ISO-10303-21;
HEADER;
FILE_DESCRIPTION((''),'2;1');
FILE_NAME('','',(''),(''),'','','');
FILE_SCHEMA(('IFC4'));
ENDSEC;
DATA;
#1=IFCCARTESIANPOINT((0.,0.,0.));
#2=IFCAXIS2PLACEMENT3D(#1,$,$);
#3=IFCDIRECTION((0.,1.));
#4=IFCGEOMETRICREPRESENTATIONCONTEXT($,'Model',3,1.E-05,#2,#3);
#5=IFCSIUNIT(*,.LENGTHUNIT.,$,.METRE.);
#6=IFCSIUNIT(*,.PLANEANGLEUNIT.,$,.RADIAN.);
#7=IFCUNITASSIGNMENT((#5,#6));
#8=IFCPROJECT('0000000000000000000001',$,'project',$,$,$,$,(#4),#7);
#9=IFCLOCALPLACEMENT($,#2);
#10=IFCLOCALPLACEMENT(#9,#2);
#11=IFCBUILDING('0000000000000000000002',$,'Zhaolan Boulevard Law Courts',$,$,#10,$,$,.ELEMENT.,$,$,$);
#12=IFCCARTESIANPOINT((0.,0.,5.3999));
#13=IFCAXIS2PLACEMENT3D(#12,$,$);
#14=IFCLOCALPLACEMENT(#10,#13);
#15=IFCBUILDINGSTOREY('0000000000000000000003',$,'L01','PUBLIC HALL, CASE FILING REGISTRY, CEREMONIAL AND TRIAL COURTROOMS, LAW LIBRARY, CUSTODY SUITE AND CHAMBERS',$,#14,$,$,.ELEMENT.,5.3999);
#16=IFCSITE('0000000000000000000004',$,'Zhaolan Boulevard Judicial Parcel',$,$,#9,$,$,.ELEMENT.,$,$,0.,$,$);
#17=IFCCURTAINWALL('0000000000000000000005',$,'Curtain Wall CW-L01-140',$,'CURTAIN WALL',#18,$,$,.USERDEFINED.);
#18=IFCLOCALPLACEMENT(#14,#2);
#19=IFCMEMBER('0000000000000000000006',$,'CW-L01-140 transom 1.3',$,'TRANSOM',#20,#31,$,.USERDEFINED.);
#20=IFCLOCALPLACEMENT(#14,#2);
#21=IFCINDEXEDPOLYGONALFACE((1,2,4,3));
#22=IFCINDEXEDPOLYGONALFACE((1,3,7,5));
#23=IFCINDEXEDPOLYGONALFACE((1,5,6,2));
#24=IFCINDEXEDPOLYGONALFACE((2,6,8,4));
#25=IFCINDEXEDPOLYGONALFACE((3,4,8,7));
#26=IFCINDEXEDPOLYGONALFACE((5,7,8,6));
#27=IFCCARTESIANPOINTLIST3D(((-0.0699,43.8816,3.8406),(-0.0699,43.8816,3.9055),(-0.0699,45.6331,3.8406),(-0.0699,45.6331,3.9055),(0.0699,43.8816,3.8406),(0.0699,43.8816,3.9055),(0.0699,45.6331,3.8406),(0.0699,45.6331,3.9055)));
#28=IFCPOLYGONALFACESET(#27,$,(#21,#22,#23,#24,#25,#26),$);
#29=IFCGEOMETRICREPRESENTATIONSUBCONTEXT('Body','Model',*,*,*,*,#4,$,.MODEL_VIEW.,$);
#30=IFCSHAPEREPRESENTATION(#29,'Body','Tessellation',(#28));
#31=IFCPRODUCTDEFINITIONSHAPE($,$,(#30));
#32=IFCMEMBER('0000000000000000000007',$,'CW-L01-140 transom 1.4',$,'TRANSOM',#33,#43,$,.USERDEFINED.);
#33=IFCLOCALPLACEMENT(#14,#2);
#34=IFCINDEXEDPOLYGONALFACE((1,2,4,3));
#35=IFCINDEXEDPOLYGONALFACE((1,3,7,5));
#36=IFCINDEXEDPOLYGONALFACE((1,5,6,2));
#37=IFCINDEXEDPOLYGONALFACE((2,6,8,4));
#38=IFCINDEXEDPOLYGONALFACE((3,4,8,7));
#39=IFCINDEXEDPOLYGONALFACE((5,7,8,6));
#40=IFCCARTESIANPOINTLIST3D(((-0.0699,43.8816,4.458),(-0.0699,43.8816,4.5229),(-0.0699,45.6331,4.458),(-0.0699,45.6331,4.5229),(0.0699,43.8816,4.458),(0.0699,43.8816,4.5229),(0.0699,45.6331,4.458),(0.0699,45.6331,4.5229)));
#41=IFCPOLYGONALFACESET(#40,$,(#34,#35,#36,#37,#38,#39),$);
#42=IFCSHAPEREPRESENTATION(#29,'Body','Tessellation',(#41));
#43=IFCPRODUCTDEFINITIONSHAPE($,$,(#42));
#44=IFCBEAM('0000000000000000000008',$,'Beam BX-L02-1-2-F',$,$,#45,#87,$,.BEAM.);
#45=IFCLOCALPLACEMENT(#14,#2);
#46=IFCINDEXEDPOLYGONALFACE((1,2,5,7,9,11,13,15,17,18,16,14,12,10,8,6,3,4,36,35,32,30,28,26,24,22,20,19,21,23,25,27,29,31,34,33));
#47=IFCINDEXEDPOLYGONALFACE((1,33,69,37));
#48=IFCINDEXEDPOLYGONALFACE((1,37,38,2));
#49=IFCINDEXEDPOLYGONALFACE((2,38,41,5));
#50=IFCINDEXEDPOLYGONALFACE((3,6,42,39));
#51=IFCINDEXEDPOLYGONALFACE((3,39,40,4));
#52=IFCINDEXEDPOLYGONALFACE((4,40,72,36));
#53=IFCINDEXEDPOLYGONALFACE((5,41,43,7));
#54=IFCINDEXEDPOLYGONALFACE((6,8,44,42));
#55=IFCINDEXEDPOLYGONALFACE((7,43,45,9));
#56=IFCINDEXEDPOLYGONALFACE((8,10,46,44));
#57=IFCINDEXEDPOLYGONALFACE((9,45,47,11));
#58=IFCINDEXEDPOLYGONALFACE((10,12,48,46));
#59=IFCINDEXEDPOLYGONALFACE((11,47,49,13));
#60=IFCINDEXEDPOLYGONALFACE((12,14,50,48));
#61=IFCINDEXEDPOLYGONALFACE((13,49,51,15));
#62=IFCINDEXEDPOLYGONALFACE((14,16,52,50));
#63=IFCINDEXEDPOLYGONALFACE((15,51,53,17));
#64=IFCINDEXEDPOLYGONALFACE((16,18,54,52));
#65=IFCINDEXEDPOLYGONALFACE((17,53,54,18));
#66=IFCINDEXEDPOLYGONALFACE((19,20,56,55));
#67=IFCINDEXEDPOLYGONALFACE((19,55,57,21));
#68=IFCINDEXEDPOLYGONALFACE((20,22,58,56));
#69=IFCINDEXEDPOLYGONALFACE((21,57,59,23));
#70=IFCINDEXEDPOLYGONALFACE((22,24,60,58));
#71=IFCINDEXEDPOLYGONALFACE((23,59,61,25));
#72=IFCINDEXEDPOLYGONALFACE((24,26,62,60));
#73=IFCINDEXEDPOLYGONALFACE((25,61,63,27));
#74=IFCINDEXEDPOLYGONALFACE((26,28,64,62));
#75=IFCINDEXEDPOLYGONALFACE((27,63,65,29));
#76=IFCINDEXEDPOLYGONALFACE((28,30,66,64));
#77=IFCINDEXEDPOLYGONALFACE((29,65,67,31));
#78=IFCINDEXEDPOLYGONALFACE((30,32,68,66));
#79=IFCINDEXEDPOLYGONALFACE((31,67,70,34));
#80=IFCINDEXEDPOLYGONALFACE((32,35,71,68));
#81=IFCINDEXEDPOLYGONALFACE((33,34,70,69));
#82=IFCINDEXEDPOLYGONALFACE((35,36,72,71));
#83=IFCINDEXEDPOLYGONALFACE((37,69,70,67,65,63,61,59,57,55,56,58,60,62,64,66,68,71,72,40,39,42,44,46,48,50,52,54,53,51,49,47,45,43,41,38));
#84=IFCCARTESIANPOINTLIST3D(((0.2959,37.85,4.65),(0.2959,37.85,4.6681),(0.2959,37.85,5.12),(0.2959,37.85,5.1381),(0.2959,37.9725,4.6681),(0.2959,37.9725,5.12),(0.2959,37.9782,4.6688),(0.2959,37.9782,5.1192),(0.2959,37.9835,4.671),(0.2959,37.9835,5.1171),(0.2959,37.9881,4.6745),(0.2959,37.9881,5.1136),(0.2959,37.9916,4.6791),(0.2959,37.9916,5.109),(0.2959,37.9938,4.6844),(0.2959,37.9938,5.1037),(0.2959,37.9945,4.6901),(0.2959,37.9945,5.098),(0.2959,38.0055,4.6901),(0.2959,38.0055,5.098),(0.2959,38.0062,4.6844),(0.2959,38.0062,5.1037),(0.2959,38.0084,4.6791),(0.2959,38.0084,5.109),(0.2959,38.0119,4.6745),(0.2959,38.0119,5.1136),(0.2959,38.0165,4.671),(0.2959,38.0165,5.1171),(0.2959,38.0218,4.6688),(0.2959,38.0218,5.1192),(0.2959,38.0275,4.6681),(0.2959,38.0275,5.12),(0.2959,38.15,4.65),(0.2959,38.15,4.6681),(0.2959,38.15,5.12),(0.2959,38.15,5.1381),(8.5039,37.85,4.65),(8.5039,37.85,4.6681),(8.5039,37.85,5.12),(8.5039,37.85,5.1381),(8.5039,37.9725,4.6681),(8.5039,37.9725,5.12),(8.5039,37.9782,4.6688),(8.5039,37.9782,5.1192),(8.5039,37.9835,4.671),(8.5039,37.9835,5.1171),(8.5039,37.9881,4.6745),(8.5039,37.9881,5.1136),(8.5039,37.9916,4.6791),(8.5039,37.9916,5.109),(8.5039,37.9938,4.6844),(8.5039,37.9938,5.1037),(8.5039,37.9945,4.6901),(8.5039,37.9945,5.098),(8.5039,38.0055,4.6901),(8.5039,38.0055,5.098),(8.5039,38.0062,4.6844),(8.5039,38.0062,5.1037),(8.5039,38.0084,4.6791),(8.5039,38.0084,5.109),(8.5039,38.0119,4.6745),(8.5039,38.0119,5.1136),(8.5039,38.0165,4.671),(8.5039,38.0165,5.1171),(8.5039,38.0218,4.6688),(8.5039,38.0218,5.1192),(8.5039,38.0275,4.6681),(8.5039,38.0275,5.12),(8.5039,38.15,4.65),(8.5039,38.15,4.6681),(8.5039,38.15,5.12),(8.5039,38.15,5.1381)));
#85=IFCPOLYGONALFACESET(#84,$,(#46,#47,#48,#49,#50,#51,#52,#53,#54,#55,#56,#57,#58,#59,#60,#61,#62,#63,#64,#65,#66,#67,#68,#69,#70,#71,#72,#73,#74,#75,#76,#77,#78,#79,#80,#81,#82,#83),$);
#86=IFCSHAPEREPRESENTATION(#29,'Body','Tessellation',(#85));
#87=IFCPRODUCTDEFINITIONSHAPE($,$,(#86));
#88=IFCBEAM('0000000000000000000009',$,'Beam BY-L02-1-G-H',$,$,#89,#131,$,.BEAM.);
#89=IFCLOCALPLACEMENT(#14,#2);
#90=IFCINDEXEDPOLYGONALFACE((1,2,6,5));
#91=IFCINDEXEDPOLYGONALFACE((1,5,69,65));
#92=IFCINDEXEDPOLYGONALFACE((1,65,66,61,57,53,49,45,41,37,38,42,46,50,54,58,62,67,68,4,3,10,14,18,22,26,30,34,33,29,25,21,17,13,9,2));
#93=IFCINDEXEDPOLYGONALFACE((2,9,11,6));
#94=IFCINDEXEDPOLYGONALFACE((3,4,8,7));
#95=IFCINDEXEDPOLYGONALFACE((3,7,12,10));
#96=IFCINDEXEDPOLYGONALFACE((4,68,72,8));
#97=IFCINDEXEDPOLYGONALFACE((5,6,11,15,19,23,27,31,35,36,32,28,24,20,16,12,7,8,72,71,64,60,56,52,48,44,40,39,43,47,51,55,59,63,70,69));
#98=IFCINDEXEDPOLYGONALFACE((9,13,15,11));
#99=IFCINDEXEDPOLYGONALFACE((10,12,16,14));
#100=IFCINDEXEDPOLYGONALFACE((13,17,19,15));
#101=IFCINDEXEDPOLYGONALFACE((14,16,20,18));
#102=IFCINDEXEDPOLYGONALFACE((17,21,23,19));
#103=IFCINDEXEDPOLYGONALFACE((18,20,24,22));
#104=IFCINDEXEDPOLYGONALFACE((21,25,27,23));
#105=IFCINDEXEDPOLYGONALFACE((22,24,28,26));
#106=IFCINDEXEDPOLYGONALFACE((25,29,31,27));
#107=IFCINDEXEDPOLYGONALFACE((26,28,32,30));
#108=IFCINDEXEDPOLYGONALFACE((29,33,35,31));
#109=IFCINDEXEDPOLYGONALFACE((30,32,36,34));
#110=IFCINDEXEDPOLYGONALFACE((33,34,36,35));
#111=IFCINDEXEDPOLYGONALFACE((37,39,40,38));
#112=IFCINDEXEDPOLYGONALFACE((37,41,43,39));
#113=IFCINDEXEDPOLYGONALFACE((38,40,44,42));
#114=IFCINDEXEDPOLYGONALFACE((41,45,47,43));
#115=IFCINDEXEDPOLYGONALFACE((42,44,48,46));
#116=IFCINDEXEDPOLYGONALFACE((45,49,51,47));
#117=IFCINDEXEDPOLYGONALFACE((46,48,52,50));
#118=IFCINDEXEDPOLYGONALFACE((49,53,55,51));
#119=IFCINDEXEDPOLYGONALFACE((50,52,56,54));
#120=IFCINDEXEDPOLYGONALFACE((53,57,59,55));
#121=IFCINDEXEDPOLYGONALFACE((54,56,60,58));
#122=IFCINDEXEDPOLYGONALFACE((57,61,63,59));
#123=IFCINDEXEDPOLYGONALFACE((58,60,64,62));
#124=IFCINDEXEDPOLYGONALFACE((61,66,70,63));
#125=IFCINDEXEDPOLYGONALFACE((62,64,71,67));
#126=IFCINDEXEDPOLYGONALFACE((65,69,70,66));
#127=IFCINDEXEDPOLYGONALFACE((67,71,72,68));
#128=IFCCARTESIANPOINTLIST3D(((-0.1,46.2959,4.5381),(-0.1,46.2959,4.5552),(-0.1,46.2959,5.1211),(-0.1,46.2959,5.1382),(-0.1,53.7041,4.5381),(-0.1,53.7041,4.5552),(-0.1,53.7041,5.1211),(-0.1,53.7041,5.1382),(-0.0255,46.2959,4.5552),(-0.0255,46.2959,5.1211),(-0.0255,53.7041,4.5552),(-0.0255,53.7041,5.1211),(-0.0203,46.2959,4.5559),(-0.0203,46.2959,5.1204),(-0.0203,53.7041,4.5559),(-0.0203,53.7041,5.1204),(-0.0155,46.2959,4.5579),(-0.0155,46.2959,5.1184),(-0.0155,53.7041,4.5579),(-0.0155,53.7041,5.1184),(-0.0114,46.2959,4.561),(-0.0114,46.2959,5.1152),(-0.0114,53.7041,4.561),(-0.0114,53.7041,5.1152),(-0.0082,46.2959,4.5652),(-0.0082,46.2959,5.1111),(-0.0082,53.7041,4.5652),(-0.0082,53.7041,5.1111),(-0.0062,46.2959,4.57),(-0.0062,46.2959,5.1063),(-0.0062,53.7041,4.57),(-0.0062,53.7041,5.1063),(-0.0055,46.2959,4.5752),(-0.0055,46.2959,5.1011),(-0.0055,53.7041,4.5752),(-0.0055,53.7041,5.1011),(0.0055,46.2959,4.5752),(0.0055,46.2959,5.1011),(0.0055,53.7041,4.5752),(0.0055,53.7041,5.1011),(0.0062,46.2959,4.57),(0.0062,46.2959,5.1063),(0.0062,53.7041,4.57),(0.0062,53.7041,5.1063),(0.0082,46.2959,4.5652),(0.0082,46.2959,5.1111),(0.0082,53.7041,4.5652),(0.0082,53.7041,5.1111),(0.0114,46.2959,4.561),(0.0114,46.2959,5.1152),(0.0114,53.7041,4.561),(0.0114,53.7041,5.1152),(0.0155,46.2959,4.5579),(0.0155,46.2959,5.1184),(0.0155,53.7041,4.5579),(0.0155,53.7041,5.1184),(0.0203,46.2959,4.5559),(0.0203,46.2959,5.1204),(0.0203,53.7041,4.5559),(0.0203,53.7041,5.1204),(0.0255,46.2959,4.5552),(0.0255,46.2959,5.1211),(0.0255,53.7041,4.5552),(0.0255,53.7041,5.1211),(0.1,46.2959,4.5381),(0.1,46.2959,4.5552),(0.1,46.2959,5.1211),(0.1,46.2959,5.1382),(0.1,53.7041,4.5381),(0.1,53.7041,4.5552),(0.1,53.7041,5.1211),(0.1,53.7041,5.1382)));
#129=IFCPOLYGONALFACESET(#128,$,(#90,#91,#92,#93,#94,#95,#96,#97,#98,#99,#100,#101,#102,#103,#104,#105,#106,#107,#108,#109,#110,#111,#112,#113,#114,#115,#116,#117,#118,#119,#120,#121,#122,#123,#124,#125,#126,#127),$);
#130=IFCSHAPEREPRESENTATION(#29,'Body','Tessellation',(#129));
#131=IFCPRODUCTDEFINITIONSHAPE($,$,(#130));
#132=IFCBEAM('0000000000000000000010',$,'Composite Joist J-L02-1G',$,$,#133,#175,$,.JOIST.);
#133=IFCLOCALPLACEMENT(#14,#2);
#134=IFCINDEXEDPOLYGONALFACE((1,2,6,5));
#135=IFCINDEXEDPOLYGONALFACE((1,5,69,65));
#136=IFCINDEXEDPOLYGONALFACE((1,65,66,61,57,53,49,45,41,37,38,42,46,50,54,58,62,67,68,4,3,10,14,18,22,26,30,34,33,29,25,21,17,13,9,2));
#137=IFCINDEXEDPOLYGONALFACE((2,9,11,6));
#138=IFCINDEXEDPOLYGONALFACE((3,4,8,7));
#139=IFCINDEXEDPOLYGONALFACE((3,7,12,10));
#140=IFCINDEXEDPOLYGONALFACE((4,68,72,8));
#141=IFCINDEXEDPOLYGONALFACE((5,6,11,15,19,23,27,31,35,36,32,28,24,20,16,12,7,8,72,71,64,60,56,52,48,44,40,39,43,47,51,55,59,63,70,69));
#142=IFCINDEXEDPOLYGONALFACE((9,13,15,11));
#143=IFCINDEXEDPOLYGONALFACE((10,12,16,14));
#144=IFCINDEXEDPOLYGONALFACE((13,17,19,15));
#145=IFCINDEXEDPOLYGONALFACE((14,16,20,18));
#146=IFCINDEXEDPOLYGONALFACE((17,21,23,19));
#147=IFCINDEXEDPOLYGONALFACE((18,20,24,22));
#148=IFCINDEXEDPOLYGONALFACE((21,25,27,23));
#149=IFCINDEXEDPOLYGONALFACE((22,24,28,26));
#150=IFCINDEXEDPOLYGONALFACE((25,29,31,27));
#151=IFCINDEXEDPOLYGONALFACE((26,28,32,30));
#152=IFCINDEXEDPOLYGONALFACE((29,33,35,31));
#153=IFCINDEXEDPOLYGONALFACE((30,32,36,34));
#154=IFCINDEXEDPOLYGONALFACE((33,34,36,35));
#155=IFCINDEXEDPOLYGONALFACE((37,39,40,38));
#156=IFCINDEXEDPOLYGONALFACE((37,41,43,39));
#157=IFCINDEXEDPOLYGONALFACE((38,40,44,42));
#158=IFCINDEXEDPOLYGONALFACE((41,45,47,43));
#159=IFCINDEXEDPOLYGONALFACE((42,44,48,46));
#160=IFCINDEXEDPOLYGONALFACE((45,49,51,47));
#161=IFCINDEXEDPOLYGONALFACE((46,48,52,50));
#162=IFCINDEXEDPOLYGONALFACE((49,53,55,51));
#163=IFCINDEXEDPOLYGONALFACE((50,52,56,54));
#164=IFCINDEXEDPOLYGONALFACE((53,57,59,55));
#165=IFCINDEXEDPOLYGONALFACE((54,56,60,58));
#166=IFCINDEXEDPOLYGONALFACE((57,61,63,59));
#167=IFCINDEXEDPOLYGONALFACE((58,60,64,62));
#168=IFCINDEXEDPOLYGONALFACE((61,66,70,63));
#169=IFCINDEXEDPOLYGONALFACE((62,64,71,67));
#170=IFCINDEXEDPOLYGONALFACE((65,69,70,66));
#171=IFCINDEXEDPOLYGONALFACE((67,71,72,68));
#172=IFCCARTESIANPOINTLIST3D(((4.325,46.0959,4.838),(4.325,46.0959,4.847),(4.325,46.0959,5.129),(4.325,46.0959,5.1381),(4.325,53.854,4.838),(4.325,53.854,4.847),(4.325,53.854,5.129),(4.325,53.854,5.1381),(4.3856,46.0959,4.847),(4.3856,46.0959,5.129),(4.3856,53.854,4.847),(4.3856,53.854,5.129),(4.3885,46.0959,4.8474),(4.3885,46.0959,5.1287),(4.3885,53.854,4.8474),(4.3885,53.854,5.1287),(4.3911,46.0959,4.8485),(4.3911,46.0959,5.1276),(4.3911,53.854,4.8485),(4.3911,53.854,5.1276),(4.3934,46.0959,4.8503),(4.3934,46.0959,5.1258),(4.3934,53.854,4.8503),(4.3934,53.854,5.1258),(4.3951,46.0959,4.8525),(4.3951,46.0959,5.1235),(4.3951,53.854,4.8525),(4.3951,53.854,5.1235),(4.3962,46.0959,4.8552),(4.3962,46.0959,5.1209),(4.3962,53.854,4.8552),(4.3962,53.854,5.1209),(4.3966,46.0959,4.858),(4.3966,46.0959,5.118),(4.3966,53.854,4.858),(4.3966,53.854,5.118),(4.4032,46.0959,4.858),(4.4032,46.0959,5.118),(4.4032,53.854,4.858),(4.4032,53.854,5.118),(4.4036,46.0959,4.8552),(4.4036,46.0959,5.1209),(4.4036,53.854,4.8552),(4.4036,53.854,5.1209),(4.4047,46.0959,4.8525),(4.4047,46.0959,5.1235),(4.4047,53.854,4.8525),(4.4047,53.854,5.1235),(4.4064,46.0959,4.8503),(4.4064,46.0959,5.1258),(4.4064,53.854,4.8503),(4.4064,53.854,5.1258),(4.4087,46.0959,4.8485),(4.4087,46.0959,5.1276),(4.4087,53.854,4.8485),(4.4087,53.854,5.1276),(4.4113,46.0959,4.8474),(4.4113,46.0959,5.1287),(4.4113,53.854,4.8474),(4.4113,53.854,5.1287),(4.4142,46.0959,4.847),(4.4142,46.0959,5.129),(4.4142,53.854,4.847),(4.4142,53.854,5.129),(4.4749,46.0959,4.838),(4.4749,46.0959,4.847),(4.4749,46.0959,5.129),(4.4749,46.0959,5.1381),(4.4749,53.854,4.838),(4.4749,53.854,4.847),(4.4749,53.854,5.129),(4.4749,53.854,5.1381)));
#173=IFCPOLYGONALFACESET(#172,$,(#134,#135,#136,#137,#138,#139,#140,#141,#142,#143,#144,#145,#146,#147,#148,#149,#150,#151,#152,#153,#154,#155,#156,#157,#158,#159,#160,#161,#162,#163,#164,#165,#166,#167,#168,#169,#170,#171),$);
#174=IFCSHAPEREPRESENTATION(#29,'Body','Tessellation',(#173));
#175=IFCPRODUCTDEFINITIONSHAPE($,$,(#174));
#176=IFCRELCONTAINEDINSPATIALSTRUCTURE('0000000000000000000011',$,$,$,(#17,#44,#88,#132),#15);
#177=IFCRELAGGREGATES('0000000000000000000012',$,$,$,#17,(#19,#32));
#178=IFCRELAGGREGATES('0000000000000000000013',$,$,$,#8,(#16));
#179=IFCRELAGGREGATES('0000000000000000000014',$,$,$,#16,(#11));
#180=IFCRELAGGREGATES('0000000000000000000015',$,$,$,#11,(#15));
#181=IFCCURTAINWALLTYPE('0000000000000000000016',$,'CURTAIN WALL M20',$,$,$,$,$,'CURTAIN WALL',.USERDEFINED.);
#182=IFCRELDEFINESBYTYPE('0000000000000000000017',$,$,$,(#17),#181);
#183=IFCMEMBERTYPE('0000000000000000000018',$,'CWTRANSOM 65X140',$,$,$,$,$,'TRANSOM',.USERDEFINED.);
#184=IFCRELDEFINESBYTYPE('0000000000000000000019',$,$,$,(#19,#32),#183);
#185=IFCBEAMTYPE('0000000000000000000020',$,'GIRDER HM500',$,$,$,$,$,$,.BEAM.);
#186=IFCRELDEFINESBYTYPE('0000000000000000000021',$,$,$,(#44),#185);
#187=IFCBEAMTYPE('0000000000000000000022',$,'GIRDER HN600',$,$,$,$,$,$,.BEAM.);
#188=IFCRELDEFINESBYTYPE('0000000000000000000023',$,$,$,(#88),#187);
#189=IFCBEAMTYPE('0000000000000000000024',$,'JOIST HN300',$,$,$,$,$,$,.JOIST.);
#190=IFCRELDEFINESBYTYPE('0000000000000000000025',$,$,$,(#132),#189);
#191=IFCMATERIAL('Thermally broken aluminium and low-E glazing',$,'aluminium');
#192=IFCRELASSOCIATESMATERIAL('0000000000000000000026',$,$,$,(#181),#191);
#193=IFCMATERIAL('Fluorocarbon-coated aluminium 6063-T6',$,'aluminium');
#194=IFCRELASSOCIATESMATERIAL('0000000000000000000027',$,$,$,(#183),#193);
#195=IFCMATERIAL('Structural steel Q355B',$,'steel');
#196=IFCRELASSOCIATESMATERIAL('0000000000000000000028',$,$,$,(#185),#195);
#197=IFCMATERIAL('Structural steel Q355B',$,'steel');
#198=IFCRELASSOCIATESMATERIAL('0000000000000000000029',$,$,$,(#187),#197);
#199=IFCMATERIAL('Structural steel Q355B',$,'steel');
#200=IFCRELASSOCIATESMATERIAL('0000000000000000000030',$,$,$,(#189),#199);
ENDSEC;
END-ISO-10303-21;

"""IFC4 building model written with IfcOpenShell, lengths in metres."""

from ifc_helpers import new_model, si_unit, direction, frame, origin, origin_2d, place, context, subcontext, project, spatial, rectangle, i_section, extrude, material, material_profile, profile_set, type_object, element, aggregate, save


model = new_model("IFC4")

# Units and contexts
model_context = context("Model", 3, precision=1e-05, world=origin(), true_north=direction((0.0, 1.0)))
body_context = subcontext(model_context, "Body", "Model", "MODEL_VIEW")
ifc_project = project(units=[si_unit("LENGTHUNIT", "METRE"), si_unit("PLANEANGLEUNIT", "RADIAN")], contexts=[model_context])

# Site, building, storey
site_placement = place(None, origin())
site = spatial("IfcSite", under=ifc_project, at=site_placement, Name="Zhaolan Boulevard Judicial Parcel", CompositionType="ELEMENT", RefElevation=0.0)
building_placement = place(site_placement, origin())
building = spatial("IfcBuilding", under=site, at=building_placement, Name="Zhaolan Boulevard Law Courts", CompositionType="ELEMENT")
storey_placement = place(building_placement, frame((0.0, 0.0, 5.3999)))
storey = spatial("IfcBuildingStorey", under=building, at=storey_placement, Name="L01", Description="PUBLIC HALL, CASE FILING REGISTRY, CEREMONIAL AND TRIAL COURTROOMS, LAW LIBRARY, CUSTODY SUITE AND CHAMBERS", CompositionType="ELEMENT", Elevation=5.3999)

# Curtain wall
ifc_material_1 = material(Name="Thermally broken aluminium and low-E glazing", Category="aluminium")
curtain_wall_type_1 = type_object("IfcCurtainWallType", Name="CURTAIN WALL M20", ElementType="CURTAIN WALL", PredefinedType="USERDEFINED", material=ifc_material_1)
curtain_wall_1_placement = place(storey_placement, origin())
curtain_wall_1 = element("IfcCurtainWall", 1, at=curtain_wall_1_placement, inside=storey, type_object=curtain_wall_type_1, Name="Curtain Wall CW-L01-140", ObjectType="CURTAIN WALL", PredefinedType="USERDEFINED")

# Members
ifc_material_2 = material(Name="Fluorocarbon-coated aluminium 6063-T6", Category="aluminium")
ifc_material_profile_1 = material_profile(ifc_material_2, rectangle(XDim=0.1399, YDim=0.0649, at=origin_2d()), Name="AL65x140")
ifc_profile_set_1 = profile_set([ifc_material_profile_1], Name="Fluorocarbon-coated aluminium 6063-T6")
member_type_1 = type_object("IfcMemberType", Name="CWTRANSOM 65X140", ElementType="TRANSOM", PredefinedType="USERDEFINED", material=ifc_profile_set_1)
member_1_placement = place(storey_placement, frame((0.0, 45.6331, 3.873), z_axis=(0.0, -1.0, 0.0), x_axis=(1.0, 0.0, 0.0)))
member_1 = element("IfcMember", 2, at=member_1_placement, type_object=member_type_1, Name="CW-L01-140 transom 1.3", ObjectType="TRANSOM", PredefinedType="USERDEFINED", context=body_context, shape_type="SweptSolid", body=[
    extrude(rectangle(XDim=0.1399, YDim=0.0649, at=origin_2d()), origin(), (0.0, 0.0, 1.0), 1.7515),
])
member_2_placement = place(storey_placement, frame((0.0, 45.6331, 4.4905), z_axis=(0.0, -1.0, 0.0), x_axis=(1.0, 0.0, 0.0)))
member_2 = element("IfcMember", 3, at=member_2_placement, type_object=member_type_1, Name="CW-L01-140 transom 1.4", ObjectType="TRANSOM", PredefinedType="USERDEFINED", context=body_context, shape_type="SweptSolid", body=[
    extrude(rectangle(XDim=0.1399, YDim=0.0649, at=origin_2d()), origin(), (0.0, 0.0, 1.0), 1.7515),
])
aggregate(curtain_wall_1, [member_1, member_2])

# Beams
ifc_material_3 = material(Name="Structural steel Q355B", Category="steel")
ifc_material_profile_2 = material_profile(ifc_material_3, i_section(OverallWidth=0.3, OverallDepth=0.488, WebThickness=0.011, FlangeThickness=0.0181, FilletRadius=0.022, at=origin_2d()), Name="HM488x300")
ifc_profile_set_2 = profile_set([ifc_material_profile_2], Name="Structural steel Q355B")
beam_type_1 = type_object("IfcBeamType", Name="GIRDER HM500", PredefinedType="BEAM", material=ifc_profile_set_2)
beam_1_placement = place(storey_placement, frame((0.2959, 38.0, 4.894), z_axis=(1.0, 0.0, 0.0), x_axis=(0.0, 1.0, 0.0)))
element("IfcBeam", 4, at=beam_1_placement, inside=storey, type_object=beam_type_1, Name="Beam BX-L02-1-2-F", PredefinedType="BEAM", context=body_context, shape_type="SweptSolid", body=[
    extrude(i_section(OverallWidth=0.3, OverallDepth=0.488, WebThickness=0.011, FlangeThickness=0.0181, FilletRadius=0.022, at=origin_2d()), origin(), (0.0, 0.0, 1.0), 8.208),
])
ifc_material_4 = material(Name="Structural steel Q355B", Category="steel")
ifc_material_profile_3 = material_profile(ifc_material_4, i_section(OverallWidth=0.2, OverallDepth=0.6001, WebThickness=0.011, FlangeThickness=0.0171, FilletRadius=0.02, at=origin_2d()), Name="HN600x200")
ifc_profile_set_3 = profile_set([ifc_material_profile_3], Name="Structural steel Q355B")
beam_type_2 = type_object("IfcBeamType", Name="GIRDER HN600", PredefinedType="BEAM", material=ifc_profile_set_3)
beam_2_placement = place(storey_placement, frame((0.0, 46.2959, 4.8381), z_axis=(0.0, 1.0, 0.0), x_axis=(-1.0, 0.0, 0.0)))
element("IfcBeam", 5, at=beam_2_placement, inside=storey, type_object=beam_type_2, Name="Beam BY-L02-1-G-H", PredefinedType="BEAM", context=body_context, shape_type="SweptSolid", body=[
    extrude(i_section(OverallWidth=0.2, OverallDepth=0.6001, WebThickness=0.011, FlangeThickness=0.0171, FilletRadius=0.02, at=origin_2d()), origin(), (0.0, 0.0, 1.0), 7.4082),
])
ifc_material_5 = material(Name="Structural steel Q355B", Category="steel")
ifc_material_profile_4 = material_profile(ifc_material_5, i_section(OverallWidth=0.1499, OverallDepth=0.3, WebThickness=0.0066, FlangeThickness=0.009, FilletRadius=0.011, at=origin_2d()), Name="HN300x150")
ifc_profile_set_4 = profile_set([ifc_material_profile_4], Name="Structural steel Q355B")
beam_type_3 = type_object("IfcBeamType", Name="JOIST HN300", PredefinedType="JOIST", material=ifc_profile_set_4)
beam_3_placement = place(storey_placement, frame((4.3999, 46.0959, 4.988), z_axis=(0.0, 1.0, 0.0), x_axis=(-1.0, 0.0, 0.0)))
element("IfcBeam", 6, at=beam_3_placement, inside=storey, type_object=beam_type_3, Name="Composite Joist J-L02-1G", PredefinedType="JOIST", context=body_context, shape_type="SweptSolid", body=[
    extrude(i_section(OverallWidth=0.1499, OverallDepth=0.3, WebThickness=0.0066, FlangeThickness=0.009, FilletRadius=0.011, at=origin_2d()), origin(), (0.0, 0.0, 1.0), 7.7581),
])

save(model, "model.ifc")
